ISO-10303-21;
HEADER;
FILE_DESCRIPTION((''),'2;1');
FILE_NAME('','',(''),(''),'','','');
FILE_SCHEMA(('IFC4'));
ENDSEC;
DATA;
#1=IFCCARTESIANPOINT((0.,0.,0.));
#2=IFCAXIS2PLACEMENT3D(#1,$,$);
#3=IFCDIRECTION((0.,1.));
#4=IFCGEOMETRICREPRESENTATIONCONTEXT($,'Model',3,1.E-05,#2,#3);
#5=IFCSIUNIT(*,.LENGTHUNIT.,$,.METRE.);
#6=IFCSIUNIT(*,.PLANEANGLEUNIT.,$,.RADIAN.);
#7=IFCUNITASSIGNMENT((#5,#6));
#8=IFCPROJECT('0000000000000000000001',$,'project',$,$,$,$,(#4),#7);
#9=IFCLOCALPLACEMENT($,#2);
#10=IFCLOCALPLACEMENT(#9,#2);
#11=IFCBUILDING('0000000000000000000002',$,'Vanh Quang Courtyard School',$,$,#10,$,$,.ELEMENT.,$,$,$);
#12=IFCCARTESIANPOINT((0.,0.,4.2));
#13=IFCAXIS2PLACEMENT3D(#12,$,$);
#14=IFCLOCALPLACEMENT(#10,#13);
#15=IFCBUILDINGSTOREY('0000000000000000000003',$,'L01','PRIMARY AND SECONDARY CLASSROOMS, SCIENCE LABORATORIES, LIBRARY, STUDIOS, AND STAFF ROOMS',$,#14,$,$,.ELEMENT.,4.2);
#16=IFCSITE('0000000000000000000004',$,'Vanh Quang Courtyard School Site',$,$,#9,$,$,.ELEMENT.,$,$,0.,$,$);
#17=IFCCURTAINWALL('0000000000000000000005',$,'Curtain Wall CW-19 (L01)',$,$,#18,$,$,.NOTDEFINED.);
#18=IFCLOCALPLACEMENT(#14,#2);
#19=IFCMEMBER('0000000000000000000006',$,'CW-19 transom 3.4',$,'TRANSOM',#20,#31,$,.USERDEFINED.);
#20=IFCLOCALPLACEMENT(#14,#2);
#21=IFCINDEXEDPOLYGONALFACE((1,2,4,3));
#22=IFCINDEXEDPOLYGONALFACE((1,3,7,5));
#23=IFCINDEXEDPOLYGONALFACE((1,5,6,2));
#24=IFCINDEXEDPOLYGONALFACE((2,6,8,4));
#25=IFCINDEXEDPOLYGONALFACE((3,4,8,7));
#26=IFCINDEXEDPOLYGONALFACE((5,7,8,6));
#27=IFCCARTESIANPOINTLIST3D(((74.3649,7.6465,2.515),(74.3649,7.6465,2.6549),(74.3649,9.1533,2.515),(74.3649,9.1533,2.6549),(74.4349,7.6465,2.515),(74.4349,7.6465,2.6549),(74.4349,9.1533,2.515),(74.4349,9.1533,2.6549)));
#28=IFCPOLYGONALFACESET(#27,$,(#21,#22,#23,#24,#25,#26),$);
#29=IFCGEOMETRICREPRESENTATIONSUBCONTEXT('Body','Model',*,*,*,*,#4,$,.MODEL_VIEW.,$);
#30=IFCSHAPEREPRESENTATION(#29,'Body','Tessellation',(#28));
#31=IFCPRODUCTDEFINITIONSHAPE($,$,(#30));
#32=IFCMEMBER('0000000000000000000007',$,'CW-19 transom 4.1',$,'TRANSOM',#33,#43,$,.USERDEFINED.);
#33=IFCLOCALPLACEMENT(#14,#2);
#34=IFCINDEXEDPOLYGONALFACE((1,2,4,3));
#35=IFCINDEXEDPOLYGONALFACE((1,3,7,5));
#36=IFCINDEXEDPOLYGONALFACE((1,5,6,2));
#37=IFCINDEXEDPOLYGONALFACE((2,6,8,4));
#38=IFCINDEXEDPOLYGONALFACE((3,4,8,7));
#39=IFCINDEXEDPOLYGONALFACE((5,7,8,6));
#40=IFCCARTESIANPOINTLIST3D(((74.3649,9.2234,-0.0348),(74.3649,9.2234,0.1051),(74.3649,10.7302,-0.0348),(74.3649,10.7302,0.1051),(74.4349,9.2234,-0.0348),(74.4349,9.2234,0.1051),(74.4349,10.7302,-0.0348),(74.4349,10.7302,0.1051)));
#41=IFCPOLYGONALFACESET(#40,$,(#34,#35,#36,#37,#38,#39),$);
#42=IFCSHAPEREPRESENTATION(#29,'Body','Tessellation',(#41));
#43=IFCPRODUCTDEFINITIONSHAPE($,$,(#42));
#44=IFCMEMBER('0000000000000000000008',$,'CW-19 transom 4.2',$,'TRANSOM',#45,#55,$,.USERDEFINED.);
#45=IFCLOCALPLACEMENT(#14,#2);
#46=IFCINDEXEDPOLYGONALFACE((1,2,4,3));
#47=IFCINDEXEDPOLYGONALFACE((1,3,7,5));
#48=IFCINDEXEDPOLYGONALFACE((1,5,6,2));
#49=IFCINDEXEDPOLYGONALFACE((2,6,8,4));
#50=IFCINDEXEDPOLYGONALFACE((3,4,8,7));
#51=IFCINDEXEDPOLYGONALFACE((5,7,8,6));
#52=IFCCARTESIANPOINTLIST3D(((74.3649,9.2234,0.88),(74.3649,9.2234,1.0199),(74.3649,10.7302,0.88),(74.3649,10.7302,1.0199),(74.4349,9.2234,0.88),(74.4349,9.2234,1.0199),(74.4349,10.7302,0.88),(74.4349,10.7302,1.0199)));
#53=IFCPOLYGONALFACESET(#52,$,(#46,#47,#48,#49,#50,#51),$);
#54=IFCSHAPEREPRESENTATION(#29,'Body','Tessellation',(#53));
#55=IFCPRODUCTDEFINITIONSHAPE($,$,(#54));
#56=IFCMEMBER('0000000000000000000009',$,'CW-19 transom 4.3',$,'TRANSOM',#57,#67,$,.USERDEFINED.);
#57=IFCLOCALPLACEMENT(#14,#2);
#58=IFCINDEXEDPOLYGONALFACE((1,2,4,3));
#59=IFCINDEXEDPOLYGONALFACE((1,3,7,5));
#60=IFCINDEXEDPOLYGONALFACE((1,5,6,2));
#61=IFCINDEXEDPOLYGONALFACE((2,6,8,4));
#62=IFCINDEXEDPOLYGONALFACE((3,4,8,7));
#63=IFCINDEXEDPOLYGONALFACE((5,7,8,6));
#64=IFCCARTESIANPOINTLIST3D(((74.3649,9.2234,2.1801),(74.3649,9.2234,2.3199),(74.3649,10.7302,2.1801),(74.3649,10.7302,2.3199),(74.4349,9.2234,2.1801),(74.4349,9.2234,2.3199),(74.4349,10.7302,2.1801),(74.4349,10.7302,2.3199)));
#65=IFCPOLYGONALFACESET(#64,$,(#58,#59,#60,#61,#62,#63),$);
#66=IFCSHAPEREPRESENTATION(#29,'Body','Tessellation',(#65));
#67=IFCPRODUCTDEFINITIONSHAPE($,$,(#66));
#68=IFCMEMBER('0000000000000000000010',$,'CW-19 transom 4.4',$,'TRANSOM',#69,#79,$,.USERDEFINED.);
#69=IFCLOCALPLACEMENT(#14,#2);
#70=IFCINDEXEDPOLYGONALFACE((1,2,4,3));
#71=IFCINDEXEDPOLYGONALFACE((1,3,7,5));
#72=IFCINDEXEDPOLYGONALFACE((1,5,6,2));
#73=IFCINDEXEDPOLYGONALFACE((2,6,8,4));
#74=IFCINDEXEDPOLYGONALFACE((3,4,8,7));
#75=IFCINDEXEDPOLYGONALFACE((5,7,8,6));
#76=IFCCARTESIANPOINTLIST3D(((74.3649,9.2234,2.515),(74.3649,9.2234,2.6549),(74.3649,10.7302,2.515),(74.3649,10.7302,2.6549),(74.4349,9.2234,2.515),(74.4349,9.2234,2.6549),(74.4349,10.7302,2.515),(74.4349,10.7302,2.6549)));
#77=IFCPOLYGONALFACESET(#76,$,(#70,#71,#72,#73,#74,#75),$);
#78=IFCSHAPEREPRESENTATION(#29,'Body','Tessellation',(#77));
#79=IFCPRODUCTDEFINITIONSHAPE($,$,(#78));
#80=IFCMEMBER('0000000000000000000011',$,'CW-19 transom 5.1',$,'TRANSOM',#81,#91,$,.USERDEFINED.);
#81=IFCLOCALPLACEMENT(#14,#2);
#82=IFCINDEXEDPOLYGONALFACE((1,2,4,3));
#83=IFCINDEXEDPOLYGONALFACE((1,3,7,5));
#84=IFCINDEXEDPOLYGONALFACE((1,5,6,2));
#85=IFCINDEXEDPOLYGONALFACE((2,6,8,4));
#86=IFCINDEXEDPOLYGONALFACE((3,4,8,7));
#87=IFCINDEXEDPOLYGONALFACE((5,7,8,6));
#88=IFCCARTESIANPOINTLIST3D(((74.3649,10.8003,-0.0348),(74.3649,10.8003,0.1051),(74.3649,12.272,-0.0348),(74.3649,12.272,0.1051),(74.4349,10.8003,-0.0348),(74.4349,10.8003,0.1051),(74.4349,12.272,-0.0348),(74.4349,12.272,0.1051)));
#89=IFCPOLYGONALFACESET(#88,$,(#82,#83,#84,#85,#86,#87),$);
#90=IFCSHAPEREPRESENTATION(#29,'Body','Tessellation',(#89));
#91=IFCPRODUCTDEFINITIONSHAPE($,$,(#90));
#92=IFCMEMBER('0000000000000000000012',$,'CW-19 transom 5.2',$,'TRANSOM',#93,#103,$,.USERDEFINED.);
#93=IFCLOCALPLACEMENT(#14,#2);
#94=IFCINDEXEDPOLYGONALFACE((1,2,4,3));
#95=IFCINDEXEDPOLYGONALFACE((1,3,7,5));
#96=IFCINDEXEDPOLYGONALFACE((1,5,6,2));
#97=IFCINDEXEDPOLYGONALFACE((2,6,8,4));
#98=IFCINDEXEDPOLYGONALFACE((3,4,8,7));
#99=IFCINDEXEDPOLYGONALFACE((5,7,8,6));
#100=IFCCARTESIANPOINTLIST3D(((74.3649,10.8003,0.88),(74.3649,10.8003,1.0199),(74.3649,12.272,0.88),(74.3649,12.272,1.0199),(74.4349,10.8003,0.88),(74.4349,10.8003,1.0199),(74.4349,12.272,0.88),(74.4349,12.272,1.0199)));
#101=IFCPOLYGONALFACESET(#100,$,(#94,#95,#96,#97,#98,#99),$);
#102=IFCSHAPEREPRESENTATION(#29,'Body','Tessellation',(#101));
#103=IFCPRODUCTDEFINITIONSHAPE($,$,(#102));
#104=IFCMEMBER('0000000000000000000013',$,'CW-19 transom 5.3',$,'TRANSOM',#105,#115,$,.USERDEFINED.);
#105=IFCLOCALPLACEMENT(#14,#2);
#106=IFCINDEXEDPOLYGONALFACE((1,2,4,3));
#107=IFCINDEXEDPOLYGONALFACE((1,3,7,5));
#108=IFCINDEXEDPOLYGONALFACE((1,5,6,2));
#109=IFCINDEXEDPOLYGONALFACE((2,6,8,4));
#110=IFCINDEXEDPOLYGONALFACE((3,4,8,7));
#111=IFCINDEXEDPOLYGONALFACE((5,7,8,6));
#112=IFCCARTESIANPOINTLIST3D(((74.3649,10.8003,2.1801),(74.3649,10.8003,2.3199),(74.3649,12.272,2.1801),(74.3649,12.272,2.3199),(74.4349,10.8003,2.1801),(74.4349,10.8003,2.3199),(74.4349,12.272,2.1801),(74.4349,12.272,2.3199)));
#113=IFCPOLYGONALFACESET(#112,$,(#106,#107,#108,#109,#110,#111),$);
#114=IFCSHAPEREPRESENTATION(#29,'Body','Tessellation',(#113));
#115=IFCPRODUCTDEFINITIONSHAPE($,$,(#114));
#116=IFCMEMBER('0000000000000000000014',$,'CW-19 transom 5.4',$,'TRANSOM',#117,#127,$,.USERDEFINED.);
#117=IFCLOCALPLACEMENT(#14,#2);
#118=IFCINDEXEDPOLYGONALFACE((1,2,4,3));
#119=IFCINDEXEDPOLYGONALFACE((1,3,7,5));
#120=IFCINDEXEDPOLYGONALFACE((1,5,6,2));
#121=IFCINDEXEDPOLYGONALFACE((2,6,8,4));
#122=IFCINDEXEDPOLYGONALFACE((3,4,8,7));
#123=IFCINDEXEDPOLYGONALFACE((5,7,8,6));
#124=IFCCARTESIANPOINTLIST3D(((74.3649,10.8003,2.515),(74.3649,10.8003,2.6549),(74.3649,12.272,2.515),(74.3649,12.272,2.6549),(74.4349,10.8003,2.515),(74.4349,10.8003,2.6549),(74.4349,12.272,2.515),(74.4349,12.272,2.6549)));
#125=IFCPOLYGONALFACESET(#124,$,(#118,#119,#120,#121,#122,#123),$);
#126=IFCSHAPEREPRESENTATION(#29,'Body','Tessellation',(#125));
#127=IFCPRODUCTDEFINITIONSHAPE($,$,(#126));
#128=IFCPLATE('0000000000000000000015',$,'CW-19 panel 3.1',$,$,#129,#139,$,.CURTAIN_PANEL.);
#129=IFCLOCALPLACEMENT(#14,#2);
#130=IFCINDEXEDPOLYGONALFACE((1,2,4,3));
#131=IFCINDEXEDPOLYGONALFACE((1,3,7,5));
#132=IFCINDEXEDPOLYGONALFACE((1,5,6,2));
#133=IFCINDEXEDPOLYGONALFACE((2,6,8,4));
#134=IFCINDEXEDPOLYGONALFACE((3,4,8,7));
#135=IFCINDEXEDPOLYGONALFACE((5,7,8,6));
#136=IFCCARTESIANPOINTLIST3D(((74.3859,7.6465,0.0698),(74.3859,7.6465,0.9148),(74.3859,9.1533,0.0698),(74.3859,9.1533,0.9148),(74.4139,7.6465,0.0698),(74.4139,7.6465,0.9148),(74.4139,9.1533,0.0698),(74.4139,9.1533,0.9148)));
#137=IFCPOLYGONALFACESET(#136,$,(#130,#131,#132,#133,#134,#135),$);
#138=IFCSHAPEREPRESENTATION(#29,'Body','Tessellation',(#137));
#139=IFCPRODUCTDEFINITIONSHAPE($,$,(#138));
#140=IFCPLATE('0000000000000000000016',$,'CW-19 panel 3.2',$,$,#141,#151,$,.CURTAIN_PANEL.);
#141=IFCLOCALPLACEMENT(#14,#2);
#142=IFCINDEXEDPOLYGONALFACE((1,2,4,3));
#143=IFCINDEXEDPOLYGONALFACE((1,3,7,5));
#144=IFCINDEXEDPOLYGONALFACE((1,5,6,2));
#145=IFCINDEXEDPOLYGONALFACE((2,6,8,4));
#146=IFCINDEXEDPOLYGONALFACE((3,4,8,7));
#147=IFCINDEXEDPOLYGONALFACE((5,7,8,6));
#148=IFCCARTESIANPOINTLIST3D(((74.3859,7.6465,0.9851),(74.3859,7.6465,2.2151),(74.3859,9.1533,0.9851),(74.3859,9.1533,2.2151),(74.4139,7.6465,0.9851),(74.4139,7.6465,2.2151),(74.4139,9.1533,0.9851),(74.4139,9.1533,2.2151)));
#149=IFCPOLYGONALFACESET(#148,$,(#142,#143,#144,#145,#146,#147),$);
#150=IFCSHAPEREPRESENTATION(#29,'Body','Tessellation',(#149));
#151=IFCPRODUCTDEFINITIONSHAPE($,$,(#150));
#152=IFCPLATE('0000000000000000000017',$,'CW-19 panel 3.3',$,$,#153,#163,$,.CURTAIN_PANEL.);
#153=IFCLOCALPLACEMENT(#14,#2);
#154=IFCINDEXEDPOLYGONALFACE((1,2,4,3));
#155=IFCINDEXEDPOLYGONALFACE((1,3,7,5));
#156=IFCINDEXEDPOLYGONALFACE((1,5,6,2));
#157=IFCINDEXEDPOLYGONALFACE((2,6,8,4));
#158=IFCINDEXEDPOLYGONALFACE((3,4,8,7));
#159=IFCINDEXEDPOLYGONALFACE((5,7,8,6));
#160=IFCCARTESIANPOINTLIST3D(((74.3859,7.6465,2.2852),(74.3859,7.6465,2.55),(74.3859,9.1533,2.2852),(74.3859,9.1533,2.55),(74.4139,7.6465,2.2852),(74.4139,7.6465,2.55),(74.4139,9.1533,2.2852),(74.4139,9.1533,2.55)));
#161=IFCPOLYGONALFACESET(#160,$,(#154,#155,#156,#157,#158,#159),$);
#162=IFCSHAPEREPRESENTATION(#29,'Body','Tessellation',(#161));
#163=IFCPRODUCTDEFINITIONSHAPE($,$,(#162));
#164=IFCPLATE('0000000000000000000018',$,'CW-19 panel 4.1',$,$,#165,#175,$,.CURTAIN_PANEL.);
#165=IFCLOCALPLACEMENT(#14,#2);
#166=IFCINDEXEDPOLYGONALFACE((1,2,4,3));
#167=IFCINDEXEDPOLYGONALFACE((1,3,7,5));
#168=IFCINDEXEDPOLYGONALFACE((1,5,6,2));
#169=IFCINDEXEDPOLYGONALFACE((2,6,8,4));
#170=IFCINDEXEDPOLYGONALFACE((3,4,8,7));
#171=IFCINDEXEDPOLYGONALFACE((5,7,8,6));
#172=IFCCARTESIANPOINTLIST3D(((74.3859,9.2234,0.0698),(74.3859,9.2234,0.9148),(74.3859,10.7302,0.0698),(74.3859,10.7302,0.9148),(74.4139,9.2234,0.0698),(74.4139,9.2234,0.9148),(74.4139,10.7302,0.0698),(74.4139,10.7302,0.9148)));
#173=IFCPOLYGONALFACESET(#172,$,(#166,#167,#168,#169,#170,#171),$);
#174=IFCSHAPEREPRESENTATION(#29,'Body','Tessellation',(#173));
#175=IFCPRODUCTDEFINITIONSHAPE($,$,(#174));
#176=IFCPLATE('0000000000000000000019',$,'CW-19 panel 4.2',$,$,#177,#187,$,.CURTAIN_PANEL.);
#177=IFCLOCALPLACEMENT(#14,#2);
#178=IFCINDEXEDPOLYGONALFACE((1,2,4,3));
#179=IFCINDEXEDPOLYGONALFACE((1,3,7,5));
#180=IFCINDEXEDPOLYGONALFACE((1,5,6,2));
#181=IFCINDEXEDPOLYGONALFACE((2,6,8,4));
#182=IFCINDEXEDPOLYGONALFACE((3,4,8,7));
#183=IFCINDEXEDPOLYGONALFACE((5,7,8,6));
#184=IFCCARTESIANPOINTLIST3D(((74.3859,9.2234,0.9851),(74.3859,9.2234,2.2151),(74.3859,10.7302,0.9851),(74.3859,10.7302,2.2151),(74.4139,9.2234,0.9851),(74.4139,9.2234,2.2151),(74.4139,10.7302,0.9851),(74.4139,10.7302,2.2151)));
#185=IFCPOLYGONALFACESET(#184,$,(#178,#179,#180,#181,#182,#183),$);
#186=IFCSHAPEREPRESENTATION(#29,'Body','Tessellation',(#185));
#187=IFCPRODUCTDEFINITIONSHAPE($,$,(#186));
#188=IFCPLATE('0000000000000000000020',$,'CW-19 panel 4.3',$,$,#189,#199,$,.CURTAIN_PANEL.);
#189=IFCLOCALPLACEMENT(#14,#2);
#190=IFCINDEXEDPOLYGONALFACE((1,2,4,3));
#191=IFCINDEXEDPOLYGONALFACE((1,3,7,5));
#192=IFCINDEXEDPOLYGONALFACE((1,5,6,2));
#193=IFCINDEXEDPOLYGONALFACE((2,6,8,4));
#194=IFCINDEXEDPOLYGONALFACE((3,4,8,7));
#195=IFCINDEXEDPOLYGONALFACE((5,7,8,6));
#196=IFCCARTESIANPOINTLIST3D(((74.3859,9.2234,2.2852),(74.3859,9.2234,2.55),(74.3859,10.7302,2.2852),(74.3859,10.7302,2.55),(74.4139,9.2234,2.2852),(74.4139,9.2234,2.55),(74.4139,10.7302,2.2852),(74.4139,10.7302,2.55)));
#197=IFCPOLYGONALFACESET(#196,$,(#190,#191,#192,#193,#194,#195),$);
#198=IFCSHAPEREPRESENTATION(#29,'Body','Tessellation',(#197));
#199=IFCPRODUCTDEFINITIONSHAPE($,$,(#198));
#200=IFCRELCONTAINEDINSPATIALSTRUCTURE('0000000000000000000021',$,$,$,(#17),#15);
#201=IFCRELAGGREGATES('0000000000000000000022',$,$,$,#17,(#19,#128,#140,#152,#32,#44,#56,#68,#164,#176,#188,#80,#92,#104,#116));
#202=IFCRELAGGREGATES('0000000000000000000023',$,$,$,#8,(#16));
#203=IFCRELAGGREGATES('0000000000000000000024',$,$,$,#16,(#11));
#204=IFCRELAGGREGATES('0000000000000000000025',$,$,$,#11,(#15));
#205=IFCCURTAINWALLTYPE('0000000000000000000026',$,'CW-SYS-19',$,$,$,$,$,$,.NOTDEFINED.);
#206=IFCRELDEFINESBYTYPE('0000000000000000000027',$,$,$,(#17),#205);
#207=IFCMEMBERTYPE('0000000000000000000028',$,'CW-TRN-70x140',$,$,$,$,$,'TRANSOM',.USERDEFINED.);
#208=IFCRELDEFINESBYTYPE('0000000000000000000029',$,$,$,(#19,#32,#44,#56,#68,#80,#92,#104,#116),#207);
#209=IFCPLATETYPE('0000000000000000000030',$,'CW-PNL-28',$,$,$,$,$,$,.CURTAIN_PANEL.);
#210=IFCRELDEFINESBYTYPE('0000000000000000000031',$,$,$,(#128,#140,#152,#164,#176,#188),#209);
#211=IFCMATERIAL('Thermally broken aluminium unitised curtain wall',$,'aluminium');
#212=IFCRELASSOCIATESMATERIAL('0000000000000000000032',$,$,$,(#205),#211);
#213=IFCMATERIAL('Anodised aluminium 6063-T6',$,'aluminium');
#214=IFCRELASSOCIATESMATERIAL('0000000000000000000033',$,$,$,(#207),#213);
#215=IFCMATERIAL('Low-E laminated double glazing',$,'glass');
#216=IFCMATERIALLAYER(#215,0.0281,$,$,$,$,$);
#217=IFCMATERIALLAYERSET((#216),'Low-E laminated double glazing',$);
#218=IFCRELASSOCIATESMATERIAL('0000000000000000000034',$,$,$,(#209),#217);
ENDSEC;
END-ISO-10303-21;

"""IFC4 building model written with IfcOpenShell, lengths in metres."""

from ifc_helpers import new_model, si_unit, direction, frame, origin, origin_2d, place, context, subcontext, project, spatial, rectangle, extrude, material, layer, layer_set, material_profile, profile_set, type_object, element, aggregate, save


model = new_model("IFC4")

# Units and contexts
model_context = context("Model", 3, precision=1e-05, world=origin(), true_north=direction((0.0, 1.0)))
body_context = subcontext(model_context, "Body", "Model", "MODEL_VIEW")
ifc_project = project(units=[si_unit("LENGTHUNIT", "METRE"), si_unit("PLANEANGLEUNIT", "RADIAN")], contexts=[model_context])

# Site, building, storey
site_placement = place(None, origin())
site = spatial("IfcSite", under=ifc_project, at=site_placement, Name="Vanh Quang Courtyard School Site", CompositionType="ELEMENT", RefElevation=0.0)
building_placement = place(site_placement, origin())
building = spatial("IfcBuilding", under=site, at=building_placement, Name="Vanh Quang Courtyard School", CompositionType="ELEMENT")
storey_placement = place(building_placement, frame((0.0, 0.0, 4.2)))
storey = spatial("IfcBuildingStorey", under=building, at=storey_placement, Name="L01", Description="PRIMARY AND SECONDARY CLASSROOMS, SCIENCE LABORATORIES, LIBRARY, STUDIOS, AND STAFF ROOMS", CompositionType="ELEMENT", Elevation=4.2)

# Curtain wall, members, plates
ifc_material_1 = material(Name="Thermally broken aluminium unitised curtain wall", Category="aluminium")
curtain_wall_type = type_object("IfcCurtainWallType", Name="CW-SYS-19", PredefinedType="NOTDEFINED", material=ifc_material_1)
curtain_wall_placement = place(storey_placement, origin())
curtain_wall = element("IfcCurtainWall", 1, at=curtain_wall_placement, inside=storey, type_object=curtain_wall_type, Name="Curtain Wall CW-19 (L01)", PredefinedType="NOTDEFINED")
ifc_material_2 = material(Name="Anodised aluminium 6063-T6", Category="aluminium")
ifc_material_profile_1 = material_profile(ifc_material_2, rectangle(XDim=0.0701, YDim=0.1399, at=origin_2d()), Name="ALU-TRN 70x140")
ifc_profile_set_1 = profile_set([ifc_material_profile_1], Name="Anodised aluminium 6063-T6")
member_type_1 = type_object("IfcMemberType", Name="CW-TRN-70x140", ElementType="TRANSOM", PredefinedType="USERDEFINED", material=ifc_profile_set_1)
member_1_placement = place(storey_placement, frame((74.3999, 7.6465, 2.585), z_axis=(0.0, 1.0, 0.0), x_axis=(-1.0, 0.0, 0.0)))
member_1 = element("IfcMember", 2, at=member_1_placement, type_object=member_type_1, Name="CW-19 transom 3.4", ObjectType="TRANSOM", PredefinedType="USERDEFINED", context=body_context, shape_type="SweptSolid", body=[
    extrude(rectangle(XDim=0.0701, YDim=0.1399, at=origin_2d()), origin(), (0.0, 0.0, 1.0), 1.5068),
])
member_2_placement = place(storey_placement, frame((74.3999, 9.2234, 0.0352), z_axis=(0.0, 1.0, 0.0), x_axis=(-1.0, 0.0, 0.0)))
member_2 = element("IfcMember", 3, at=member_2_placement, type_object=member_type_1, Name="CW-19 transom 4.1", ObjectType="TRANSOM", PredefinedType="USERDEFINED", context=body_context, shape_type="SweptSolid", body=[
    extrude(rectangle(XDim=0.0701, YDim=0.1399, at=origin_2d()), origin(), (0.0, 0.0, 1.0), 1.5068),
])
member_3_placement = place(storey_placement, frame((74.3999, 9.2234, 0.95), z_axis=(0.0, 1.0, 0.0), x_axis=(-1.0, 0.0, 0.0)))
member_3 = element("IfcMember", 4, at=member_3_placement, type_object=member_type_1, Name="CW-19 transom 4.2", ObjectType="TRANSOM", PredefinedType="USERDEFINED", context=body_context, shape_type="SweptSolid", body=[
    extrude(rectangle(XDim=0.0701, YDim=0.1399, at=origin_2d()), origin(), (0.0, 0.0, 1.0), 1.5068),
])
member_4_placement = place(storey_placement, frame((74.3999, 9.2234, 2.25), z_axis=(0.0, 1.0, 0.0), x_axis=(-1.0, 0.0, 0.0)))
member_4 = element("IfcMember", 5, at=member_4_placement, type_object=member_type_1, Name="CW-19 transom 4.3", ObjectType="TRANSOM", PredefinedType="USERDEFINED", context=body_context, shape_type="SweptSolid", body=[
    extrude(rectangle(XDim=0.0701, YDim=0.1399, at=origin_2d()), origin(), (0.0, 0.0, 1.0), 1.5068),
])
member_5_placement = place(storey_placement, frame((74.3999, 9.2234, 2.585), z_axis=(0.0, 1.0, 0.0), x_axis=(-1.0, 0.0, 0.0)))
member_5 = element("IfcMember", 6, at=member_5_placement, type_object=member_type_1, Name="CW-19 transom 4.4", ObjectType="TRANSOM", PredefinedType="USERDEFINED", context=body_context, shape_type="SweptSolid", body=[
    extrude(rectangle(XDim=0.0701, YDim=0.1399, at=origin_2d()), origin(), (0.0, 0.0, 1.0), 1.5068),
])
member_6_placement = place(storey_placement, frame((74.3999, 10.8003, 0.0352), z_axis=(0.0, 1.0, 0.0), x_axis=(-1.0, 0.0, 0.0)))
member_6 = element("IfcMember", 7, at=member_6_placement, type_object=member_type_1, Name="CW-19 transom 5.1", ObjectType="TRANSOM", PredefinedType="USERDEFINED", context=body_context, shape_type="SweptSolid", body=[
    extrude(rectangle(XDim=0.0701, YDim=0.1399, at=origin_2d()), origin(), (0.0, 0.0, 1.0), 1.4717),
])
member_7_placement = place(storey_placement, frame((74.3999, 10.8003, 0.95), z_axis=(0.0, 1.0, 0.0), x_axis=(-1.0, 0.0, 0.0)))
member_7 = element("IfcMember", 8, at=member_7_placement, type_object=member_type_1, Name="CW-19 transom 5.2", ObjectType="TRANSOM", PredefinedType="USERDEFINED", context=body_context, shape_type="SweptSolid", body=[
    extrude(rectangle(XDim=0.0701, YDim=0.1399, at=origin_2d()), origin(), (0.0, 0.0, 1.0), 1.4717),
])
member_8_placement = place(storey_placement, frame((74.3999, 10.8003, 2.25), z_axis=(0.0, 1.0, 0.0), x_axis=(-1.0, 0.0, 0.0)))
member_8 = element("IfcMember", 9, at=member_8_placement, type_object=member_type_1, Name="CW-19 transom 5.3", ObjectType="TRANSOM", PredefinedType="USERDEFINED", context=body_context, shape_type="SweptSolid", body=[
    extrude(rectangle(XDim=0.0701, YDim=0.1399, at=origin_2d()), origin(), (0.0, 0.0, 1.0), 1.4717),
])
member_9_placement = place(storey_placement, frame((74.3999, 10.8003, 2.585), z_axis=(0.0, 1.0, 0.0), x_axis=(-1.0, 0.0, 0.0)))
member_9 = element("IfcMember", 10, at=member_9_placement, type_object=member_type_1, Name="CW-19 transom 5.4", ObjectType="TRANSOM", PredefinedType="USERDEFINED", context=body_context, shape_type="SweptSolid", body=[
    extrude(rectangle(XDim=0.0701, YDim=0.1399, at=origin_2d()), origin(), (0.0, 0.0, 1.0), 1.4717),
])
ifc_material_3 = material(Name="Low-E laminated double glazing", Category="glass")
ifc_layer_1 = layer(ifc_material_3, 0.0281)
ifc_layer_set_1 = layer_set([ifc_layer_1], Name="Low-E laminated double glazing")
plate_type = type_object("IfcPlateType", Name="CW-PNL-28", PredefinedType="CURTAIN_PANEL", material=ifc_layer_set_1)
plate_1_placement = place(storey_placement, frame((74.3999, 8.3999, 0.0698), z_axis=(0.0, 0.0, 1.0), x_axis=(0.0, 1.0, 0.0)))
plate_1 = element("IfcPlate", 11, at=plate_1_placement, type_object=plate_type, Name="CW-19 panel 3.1", PredefinedType="CURTAIN_PANEL", context=body_context, shape_type="SweptSolid", body=[
    extrude(rectangle(XDim=1.5068, YDim=0.0281, at=origin_2d()), origin(), (0.0, 0.0, 1.0), 0.845),
])
plate_2_placement = place(storey_placement, frame((74.3999, 8.3999, 0.9851), z_axis=(0.0, 0.0, 1.0), x_axis=(0.0, 1.0, 0.0)))
plate_2 = element("IfcPlate", 12, at=plate_2_placement, type_object=plate_type, Name="CW-19 panel 3.2", PredefinedType="CURTAIN_PANEL", context=body_context, shape_type="SweptSolid", body=[
    extrude(rectangle(XDim=1.5068, YDim=0.0281, at=origin_2d()), origin(), (0.0, 0.0, 1.0), 1.23),
])
plate_3_placement = place(storey_placement, frame((74.3999, 8.3999, 2.2852), z_axis=(0.0, 0.0, 1.0), x_axis=(0.0, 1.0, 0.0)))
plate_3 = element("IfcPlate", 13, at=plate_3_placement, type_object=plate_type, Name="CW-19 panel 3.3", PredefinedType="CURTAIN_PANEL", context=body_context, shape_type="SweptSolid", body=[
    extrude(rectangle(XDim=1.5068, YDim=0.0281, at=origin_2d()), origin(), (0.0, 0.0, 1.0), 0.2649),
])
plate_4_placement = place(storey_placement, frame((74.3999, 9.9768, 0.0698), z_axis=(0.0, 0.0, 1.0), x_axis=(0.0, 1.0, 0.0)))
plate_4 = element("IfcPlate", 14, at=plate_4_placement, type_object=plate_type, Name="CW-19 panel 4.1", PredefinedType="CURTAIN_PANEL", context=body_context, shape_type="SweptSolid", body=[
    extrude(rectangle(XDim=1.5068, YDim=0.0281, at=origin_2d()), origin(), (0.0, 0.0, 1.0), 0.845),
])
plate_5_placement = place(storey_placement, frame((74.3999, 9.9768, 0.9851), z_axis=(0.0, 0.0, 1.0), x_axis=(0.0, 1.0, 0.0)))
plate_5 = element("IfcPlate", 15, at=plate_5_placement, type_object=plate_type, Name="CW-19 panel 4.2", PredefinedType="CURTAIN_PANEL", context=body_context, shape_type="SweptSolid", body=[
    extrude(rectangle(XDim=1.5068, YDim=0.0281, at=origin_2d()), origin(), (0.0, 0.0, 1.0), 1.23),
])
plate_6_placement = place(storey_placement, frame((74.3999, 9.9768, 2.2852), z_axis=(0.0, 0.0, 1.0), x_axis=(0.0, 1.0, 0.0)))
plate_6 = element("IfcPlate", 16, at=plate_6_placement, type_object=plate_type, Name="CW-19 panel 4.3", PredefinedType="CURTAIN_PANEL", context=body_context, shape_type="SweptSolid", body=[
    extrude(rectangle(XDim=1.5068, YDim=0.0281, at=origin_2d()), origin(), (0.0, 0.0, 1.0), 0.2649),
])
aggregate(curtain_wall, [member_1, plate_1, plate_2, plate_3, member_2, member_3, member_4, member_5, plate_4, plate_5, plate_6, member_6, member_7, member_8, member_9])

save(model, "model.ifc")
